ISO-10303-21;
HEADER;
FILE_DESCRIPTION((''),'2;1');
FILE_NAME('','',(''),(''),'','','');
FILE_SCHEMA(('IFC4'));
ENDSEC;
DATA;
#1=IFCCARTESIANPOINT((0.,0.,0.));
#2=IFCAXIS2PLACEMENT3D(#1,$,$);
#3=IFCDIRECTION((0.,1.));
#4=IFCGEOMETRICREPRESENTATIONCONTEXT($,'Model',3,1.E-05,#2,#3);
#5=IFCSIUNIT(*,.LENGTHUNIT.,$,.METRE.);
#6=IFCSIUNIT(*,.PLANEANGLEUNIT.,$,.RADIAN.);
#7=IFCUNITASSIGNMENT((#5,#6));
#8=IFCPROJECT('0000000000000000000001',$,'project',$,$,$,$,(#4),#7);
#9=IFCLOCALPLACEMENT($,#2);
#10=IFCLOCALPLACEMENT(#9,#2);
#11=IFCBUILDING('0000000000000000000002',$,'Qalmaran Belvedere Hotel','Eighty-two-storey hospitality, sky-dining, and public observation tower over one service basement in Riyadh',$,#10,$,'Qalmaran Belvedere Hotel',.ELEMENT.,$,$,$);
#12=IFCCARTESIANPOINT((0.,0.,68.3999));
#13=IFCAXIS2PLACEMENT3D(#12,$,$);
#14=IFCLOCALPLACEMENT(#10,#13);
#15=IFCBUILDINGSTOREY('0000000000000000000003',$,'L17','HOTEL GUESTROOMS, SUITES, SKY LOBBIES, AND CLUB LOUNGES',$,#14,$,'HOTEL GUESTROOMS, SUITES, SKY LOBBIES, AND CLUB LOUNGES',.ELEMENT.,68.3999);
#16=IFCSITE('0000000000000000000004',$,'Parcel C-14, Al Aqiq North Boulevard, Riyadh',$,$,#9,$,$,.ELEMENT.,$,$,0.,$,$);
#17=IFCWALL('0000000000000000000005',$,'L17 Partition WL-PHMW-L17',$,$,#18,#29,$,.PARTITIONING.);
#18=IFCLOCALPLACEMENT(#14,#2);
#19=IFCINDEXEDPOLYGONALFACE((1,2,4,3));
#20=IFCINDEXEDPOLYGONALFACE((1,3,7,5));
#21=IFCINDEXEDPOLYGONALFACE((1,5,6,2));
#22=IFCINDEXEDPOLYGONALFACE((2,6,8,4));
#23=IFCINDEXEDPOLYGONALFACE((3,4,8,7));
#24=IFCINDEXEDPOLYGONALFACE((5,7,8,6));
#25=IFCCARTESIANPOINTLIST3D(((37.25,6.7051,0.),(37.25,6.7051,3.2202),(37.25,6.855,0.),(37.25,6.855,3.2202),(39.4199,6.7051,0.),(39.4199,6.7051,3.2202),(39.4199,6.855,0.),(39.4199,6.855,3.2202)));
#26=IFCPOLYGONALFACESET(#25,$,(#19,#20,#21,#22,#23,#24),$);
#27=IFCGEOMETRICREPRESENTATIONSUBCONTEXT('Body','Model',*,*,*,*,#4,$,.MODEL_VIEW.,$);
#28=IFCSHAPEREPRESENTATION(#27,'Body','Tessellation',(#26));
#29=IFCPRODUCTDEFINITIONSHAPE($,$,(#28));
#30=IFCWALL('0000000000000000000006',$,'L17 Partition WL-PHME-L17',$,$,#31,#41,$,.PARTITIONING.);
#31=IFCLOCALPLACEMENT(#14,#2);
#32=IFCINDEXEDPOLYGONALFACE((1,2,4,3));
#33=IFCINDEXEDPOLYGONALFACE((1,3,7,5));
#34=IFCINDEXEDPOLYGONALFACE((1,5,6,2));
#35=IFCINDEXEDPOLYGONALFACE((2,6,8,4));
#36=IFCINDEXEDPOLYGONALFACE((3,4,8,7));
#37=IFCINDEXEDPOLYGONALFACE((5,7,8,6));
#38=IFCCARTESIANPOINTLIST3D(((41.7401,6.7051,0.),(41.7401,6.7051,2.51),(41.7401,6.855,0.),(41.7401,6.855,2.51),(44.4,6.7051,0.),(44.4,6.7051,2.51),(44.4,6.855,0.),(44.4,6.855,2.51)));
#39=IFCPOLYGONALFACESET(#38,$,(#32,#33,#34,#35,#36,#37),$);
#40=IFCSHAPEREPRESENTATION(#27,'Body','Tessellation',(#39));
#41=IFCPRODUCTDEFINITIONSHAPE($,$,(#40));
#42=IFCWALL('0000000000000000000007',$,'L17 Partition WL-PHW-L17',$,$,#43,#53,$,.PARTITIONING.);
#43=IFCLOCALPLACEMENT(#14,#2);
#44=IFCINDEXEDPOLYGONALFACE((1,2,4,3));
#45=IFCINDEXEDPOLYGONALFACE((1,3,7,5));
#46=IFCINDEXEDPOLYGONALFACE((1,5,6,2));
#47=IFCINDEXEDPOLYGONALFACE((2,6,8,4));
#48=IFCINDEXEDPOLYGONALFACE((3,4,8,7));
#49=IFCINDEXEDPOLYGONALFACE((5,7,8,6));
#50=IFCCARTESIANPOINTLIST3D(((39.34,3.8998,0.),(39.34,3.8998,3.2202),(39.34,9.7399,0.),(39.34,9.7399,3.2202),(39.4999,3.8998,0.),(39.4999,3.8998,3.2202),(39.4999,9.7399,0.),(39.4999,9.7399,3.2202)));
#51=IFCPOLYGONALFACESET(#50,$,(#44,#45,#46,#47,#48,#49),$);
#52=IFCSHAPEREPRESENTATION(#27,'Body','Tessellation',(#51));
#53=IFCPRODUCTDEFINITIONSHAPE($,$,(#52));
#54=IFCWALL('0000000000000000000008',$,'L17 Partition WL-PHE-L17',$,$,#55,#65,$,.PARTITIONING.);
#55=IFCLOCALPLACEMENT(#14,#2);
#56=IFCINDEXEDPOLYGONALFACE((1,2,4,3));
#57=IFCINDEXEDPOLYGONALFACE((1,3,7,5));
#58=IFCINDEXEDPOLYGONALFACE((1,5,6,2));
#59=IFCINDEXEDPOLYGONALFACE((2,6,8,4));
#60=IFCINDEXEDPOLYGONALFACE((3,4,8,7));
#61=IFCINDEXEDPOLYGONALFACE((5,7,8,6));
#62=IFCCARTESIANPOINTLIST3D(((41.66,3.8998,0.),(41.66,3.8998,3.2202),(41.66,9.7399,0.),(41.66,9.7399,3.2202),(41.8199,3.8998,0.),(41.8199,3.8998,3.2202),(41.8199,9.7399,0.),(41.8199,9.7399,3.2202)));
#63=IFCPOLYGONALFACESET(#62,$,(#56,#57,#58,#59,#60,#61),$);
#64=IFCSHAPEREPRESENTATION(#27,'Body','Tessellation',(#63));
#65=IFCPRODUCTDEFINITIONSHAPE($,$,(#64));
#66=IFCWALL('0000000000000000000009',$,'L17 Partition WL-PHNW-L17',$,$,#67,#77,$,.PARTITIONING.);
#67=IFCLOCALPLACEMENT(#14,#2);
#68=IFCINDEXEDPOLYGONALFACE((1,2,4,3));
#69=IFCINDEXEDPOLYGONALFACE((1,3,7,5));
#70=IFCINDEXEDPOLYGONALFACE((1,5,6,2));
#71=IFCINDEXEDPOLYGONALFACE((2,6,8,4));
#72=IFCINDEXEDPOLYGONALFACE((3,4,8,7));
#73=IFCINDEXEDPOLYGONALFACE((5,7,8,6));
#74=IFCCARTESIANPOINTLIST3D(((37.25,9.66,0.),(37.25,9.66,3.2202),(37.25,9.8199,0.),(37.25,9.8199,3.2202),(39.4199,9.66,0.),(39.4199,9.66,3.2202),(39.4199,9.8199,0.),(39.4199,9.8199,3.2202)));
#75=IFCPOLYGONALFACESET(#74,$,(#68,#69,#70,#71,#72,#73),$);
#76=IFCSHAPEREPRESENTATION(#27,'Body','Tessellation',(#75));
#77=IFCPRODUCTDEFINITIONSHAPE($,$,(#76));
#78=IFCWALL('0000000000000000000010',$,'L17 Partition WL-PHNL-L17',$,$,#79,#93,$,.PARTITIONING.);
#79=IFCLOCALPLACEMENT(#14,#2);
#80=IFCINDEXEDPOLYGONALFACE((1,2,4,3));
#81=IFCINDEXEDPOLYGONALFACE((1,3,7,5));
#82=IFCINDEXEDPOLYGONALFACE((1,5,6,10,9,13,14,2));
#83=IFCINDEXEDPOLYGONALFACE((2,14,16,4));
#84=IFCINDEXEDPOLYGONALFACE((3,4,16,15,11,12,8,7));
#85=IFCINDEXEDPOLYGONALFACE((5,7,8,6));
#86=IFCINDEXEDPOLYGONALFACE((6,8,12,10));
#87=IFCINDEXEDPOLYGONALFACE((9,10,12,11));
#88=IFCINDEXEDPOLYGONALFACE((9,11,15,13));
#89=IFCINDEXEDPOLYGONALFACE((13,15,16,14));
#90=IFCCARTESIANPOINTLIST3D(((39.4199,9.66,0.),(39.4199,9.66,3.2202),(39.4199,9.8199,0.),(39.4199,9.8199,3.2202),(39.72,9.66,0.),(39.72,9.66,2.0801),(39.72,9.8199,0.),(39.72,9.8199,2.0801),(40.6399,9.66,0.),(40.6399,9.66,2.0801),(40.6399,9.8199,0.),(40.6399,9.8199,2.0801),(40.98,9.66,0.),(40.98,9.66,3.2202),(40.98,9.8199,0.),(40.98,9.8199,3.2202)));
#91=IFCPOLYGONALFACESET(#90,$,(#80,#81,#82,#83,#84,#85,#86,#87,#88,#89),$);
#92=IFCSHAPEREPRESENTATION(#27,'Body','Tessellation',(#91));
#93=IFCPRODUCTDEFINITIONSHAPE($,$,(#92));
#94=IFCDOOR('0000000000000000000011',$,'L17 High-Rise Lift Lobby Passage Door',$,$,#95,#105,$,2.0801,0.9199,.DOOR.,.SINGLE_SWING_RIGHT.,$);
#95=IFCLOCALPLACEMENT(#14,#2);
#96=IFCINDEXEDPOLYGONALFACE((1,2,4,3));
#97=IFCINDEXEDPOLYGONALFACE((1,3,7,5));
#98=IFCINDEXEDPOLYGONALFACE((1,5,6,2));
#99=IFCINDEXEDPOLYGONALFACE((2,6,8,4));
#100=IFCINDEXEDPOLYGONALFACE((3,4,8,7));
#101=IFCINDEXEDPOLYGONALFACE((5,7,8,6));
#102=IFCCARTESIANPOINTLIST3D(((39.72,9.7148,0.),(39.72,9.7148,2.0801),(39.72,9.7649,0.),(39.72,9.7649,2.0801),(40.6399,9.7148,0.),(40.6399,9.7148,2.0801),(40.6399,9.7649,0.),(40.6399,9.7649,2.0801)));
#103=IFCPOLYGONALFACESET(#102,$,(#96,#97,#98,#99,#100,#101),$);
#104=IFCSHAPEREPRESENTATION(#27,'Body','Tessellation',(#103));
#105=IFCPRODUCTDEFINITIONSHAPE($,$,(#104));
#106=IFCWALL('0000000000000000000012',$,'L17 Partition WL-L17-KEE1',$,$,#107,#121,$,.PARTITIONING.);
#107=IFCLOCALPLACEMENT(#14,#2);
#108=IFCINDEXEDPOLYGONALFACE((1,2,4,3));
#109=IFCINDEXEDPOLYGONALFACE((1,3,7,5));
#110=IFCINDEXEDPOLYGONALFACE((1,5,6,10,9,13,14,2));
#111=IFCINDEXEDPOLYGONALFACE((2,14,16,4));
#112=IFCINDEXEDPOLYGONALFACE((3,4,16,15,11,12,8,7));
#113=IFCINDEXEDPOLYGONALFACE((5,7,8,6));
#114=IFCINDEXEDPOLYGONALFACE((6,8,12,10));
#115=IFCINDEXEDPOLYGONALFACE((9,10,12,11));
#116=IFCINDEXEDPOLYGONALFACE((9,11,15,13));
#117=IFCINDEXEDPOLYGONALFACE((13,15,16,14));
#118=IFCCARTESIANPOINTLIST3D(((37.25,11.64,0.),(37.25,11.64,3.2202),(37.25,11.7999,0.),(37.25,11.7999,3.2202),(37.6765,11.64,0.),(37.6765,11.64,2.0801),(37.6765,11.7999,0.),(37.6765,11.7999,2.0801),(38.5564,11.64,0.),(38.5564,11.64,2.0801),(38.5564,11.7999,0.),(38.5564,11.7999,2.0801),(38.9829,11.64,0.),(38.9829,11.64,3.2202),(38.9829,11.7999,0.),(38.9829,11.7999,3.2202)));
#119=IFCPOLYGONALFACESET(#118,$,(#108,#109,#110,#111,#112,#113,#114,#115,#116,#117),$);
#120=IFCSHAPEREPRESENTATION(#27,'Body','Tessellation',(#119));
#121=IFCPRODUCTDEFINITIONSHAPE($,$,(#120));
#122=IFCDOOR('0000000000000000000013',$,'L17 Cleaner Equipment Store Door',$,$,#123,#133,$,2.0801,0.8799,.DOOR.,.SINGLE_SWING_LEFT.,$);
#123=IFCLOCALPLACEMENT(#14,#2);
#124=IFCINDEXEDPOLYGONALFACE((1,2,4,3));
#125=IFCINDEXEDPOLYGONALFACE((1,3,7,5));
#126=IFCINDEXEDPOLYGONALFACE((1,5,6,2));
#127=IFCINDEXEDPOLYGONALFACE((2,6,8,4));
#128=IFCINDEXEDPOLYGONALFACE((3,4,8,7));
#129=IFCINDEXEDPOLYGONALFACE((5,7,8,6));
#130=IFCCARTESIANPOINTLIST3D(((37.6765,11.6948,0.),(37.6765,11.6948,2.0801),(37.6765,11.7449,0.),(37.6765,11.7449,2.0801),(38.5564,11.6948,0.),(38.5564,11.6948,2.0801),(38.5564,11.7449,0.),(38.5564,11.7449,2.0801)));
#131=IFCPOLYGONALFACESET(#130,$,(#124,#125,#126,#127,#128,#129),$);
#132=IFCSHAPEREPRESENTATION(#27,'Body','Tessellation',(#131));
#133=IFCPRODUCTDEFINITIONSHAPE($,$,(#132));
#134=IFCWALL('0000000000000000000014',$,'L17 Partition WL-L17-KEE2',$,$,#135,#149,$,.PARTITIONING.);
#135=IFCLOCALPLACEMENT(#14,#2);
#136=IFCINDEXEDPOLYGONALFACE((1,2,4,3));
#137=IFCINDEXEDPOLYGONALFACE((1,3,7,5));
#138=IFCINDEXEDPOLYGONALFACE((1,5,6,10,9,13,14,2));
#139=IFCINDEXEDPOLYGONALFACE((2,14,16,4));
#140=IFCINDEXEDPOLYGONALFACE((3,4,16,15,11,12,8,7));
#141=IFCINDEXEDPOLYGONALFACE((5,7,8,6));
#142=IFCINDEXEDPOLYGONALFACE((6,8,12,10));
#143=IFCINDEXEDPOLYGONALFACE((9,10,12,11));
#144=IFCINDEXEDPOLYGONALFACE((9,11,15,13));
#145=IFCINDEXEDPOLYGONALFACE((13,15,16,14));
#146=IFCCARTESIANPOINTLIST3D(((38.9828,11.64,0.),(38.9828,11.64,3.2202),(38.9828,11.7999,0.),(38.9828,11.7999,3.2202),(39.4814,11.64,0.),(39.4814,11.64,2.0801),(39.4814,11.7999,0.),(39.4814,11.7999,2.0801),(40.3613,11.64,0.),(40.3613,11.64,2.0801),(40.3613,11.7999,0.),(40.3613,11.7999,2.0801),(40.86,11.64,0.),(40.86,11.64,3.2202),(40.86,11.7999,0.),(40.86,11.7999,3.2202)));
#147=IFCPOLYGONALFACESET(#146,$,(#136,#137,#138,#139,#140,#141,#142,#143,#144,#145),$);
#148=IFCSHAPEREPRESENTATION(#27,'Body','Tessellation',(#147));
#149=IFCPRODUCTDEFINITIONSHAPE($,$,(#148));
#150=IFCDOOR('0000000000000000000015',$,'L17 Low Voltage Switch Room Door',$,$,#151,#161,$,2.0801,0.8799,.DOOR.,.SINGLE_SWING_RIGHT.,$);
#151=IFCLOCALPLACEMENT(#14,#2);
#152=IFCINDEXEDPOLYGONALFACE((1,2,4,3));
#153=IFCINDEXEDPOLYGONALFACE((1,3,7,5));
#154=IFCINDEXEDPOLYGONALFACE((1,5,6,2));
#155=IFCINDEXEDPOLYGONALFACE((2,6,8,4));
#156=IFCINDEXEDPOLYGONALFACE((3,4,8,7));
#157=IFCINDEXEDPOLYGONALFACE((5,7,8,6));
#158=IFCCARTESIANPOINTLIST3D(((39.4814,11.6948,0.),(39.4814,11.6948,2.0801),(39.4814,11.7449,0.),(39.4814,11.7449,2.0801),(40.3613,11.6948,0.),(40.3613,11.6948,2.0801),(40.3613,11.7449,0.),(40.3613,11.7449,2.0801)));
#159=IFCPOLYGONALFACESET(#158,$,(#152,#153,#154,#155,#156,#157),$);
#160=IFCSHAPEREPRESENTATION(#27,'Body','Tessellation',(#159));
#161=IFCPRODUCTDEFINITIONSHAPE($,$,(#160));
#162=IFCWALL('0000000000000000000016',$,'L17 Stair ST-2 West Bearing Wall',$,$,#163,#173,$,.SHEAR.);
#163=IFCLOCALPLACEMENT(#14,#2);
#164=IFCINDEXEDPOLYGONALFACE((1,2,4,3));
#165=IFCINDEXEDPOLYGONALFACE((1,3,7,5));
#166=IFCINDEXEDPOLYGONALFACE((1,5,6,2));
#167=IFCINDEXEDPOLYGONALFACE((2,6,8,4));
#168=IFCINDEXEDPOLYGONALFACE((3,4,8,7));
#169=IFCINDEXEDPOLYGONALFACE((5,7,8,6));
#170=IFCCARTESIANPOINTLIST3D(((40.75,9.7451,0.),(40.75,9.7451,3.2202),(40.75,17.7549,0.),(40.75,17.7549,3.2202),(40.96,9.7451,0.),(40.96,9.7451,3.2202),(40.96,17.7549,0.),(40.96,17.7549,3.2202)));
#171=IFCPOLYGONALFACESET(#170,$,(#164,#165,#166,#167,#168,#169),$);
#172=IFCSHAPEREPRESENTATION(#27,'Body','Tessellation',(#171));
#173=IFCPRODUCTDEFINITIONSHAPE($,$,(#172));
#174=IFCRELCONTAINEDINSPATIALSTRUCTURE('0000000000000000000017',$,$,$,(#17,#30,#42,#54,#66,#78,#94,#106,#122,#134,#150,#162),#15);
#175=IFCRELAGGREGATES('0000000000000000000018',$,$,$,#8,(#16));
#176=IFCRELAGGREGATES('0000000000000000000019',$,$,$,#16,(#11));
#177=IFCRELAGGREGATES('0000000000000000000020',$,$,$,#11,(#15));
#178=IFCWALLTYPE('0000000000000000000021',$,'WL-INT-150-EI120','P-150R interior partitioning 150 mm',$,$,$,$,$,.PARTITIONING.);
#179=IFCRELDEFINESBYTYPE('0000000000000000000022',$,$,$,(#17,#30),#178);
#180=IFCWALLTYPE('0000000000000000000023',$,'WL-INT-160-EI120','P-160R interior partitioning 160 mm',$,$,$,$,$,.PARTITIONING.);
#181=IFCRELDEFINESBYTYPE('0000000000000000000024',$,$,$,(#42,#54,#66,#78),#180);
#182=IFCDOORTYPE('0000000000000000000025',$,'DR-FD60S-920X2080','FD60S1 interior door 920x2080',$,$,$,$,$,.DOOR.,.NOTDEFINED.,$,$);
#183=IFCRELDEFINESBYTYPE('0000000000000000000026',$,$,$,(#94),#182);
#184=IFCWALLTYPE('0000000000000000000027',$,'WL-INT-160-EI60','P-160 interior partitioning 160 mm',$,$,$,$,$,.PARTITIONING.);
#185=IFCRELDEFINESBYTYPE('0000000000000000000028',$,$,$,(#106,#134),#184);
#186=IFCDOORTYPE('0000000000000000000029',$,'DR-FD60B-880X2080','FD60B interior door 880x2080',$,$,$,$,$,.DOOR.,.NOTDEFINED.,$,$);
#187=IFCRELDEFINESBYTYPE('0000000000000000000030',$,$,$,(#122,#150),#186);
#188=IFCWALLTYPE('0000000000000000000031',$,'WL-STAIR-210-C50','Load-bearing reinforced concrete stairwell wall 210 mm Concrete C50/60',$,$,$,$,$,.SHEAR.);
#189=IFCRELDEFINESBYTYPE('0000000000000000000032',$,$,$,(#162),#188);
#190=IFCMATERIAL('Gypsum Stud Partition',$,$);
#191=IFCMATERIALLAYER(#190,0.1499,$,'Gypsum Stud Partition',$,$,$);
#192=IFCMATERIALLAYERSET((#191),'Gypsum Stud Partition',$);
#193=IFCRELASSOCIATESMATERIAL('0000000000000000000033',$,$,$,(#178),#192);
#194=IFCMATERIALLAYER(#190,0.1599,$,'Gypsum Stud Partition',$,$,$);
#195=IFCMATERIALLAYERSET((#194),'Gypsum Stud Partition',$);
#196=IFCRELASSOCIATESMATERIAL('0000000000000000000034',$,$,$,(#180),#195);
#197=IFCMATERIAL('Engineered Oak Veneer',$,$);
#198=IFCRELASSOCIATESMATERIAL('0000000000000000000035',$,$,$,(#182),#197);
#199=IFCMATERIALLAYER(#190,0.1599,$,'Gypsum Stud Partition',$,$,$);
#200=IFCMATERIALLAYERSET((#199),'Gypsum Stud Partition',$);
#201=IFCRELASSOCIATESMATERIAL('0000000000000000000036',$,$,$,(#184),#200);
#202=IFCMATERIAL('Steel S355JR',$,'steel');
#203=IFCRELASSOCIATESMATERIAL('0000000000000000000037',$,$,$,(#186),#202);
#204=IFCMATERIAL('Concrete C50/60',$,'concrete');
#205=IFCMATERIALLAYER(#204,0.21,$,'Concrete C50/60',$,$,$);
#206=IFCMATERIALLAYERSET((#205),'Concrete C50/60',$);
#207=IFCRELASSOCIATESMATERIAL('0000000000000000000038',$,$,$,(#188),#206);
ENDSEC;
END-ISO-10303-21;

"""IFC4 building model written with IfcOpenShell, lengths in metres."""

from ifc_helpers import new_model, si_unit, direction, frame, frame_2d, origin, place, context, subcontext, project, spatial, rectangle, extrude, material, layer, layer_set, type_object, element, fill, save


model = new_model("IFC4")

# Units and contexts
model_context = context("Model", 3, precision=1e-05, world=origin(), true_north=direction((0.0, 1.0)))
body_context = subcontext(model_context, "Body", "Model", "MODEL_VIEW")
ifc_project = project(units=[si_unit("LENGTHUNIT", "METRE"), si_unit("PLANEANGLEUNIT", "RADIAN")], contexts=[model_context])

# Site, building, storey
site_placement = place(None, origin())
site = spatial("IfcSite", under=ifc_project, at=site_placement, Name="Parcel C-14, Al Aqiq North Boulevard, Riyadh", CompositionType="ELEMENT", RefElevation=0.0)
building_placement = place(site_placement, origin())
building = spatial("IfcBuilding", under=site, at=building_placement, Name="Qalmaran Belvedere Hotel", Description="Eighty-two-storey hospitality, sky-dining, and public observation tower over one service basement in Riyadh", LongName="Qalmaran Belvedere Hotel", CompositionType="ELEMENT")
storey_placement = place(building_placement, frame((0.0, 0.0, 68.3999)))
storey = spatial("IfcBuildingStorey", under=building, at=storey_placement, Name="L17", Description="HOTEL GUESTROOMS, SUITES, SKY LOBBIES, AND CLUB LOUNGES", LongName="HOTEL GUESTROOMS, SUITES, SKY LOBBIES, AND CLUB LOUNGES", CompositionType="ELEMENT", Elevation=68.3999)

# Walls
ifc_material_1 = material(Name="Gypsum Stud Partition")
ifc_layer_1 = layer(ifc_material_1, 0.1499, Name="Gypsum Stud Partition")
ifc_layer_set_1 = layer_set([ifc_layer_1], Name="Gypsum Stud Partition")
wall_type_1 = type_object("IfcWallType", Name="WL-INT-150-EI120", Description="P-150R interior partitioning 150 mm", PredefinedType="PARTITIONING", material=ifc_layer_set_1)
wall_1_placement = place(storey_placement, frame((37.25, 6.78, 0.0), z_axis=(0.0, 0.0, 1.0), x_axis=(1.0, 0.0, 0.0)))
element("IfcWall", 1, at=wall_1_placement, inside=storey, type_object=wall_type_1, Name="L17 Partition WL-PHMW-L17", PredefinedType="PARTITIONING", context=body_context, shape_type="SweptSolid", body=[
    extrude(rectangle(XDim=2.1699, YDim=0.1499, at=frame_2d((1.085, 0.0))), origin(), (0.0, 0.0, 1.0), 3.2202),
])
wall_2_placement = place(storey_placement, frame((41.74, 6.78, 0.0), z_axis=(0.0, 0.0, 1.0), x_axis=(1.0, 0.0, 0.0)))
element("IfcWall", 2, at=wall_2_placement, inside=storey, type_object=wall_type_1, Name="L17 Partition WL-PHME-L17", PredefinedType="PARTITIONING", context=body_context, shape_type="SweptSolid", body=[
    extrude(rectangle(XDim=2.6599, YDim=0.1499, at=frame_2d((1.3301, 0.0))), origin(), (0.0, 0.0, 1.0), 2.51),
])
ifc_layer_2 = layer(ifc_material_1, 0.1599, Name="Gypsum Stud Partition")
ifc_layer_set_2 = layer_set([ifc_layer_2], Name="Gypsum Stud Partition")
wall_type_2 = type_object("IfcWallType", Name="WL-INT-160-EI120", Description="P-160R interior partitioning 160 mm", PredefinedType="PARTITIONING", material=ifc_layer_set_2)
for number, where, z_axis, x_axis, name in (
    (3, (39.4199, 3.8999, 0.0), (0.0, 0.0, 1.0), (0.0, 1.0, 0.0), "L17 Partition WL-PHW-L17"),
    (4, (41.74, 3.8999, 0.0), (0.0, 0.0, 1.0), (0.0, 1.0, 0.0), "L17 Partition WL-PHE-L17"),
):
    element("IfcWall", number, at=place(storey_placement, frame(where, z_axis=z_axis, x_axis=x_axis)), inside=storey, type_object=wall_type_2, Name=name, PredefinedType="PARTITIONING", context=body_context, shape_type="SweptSolid", body=[
        extrude(rectangle(XDim=5.8401, YDim=0.1599, at=frame_2d((2.9199, 0.0))), origin(), (0.0, 0.0, 1.0), 3.2202),
    ])
wall_3_placement = place(storey_placement, frame((37.25, 9.74, 0.0), z_axis=(0.0, 0.0, 1.0), x_axis=(1.0, 0.0, 0.0)))
element("IfcWall", 5, at=wall_3_placement, inside=storey, type_object=wall_type_2, Name="L17 Partition WL-PHNW-L17", PredefinedType="PARTITIONING", context=body_context, shape_type="SweptSolid", body=[
    extrude(rectangle(XDim=2.1699, YDim=0.1599, at=frame_2d((1.085, 0.0))), origin(), (0.0, 0.0, 1.0), 3.2202),
])

# Walls, openings, doors
wall_4_placement = place(storey_placement, frame((39.4199, 9.74, 0.0), z_axis=(0.0, 0.0, 1.0), x_axis=(1.0, 0.0, 0.0)))
wall_4 = element("IfcWall", 6, at=wall_4_placement, inside=storey, type_object=wall_type_2, Name="L17 Partition WL-PHNL-L17", PredefinedType="PARTITIONING", context=body_context, shape_type="SweptSolid", body=[
    extrude(rectangle(XDim=1.5601, YDim=0.1599, at=frame_2d((0.78, 0.0))), origin(), (0.0, 0.0, 1.0), 3.2202),
])
opening_1_placement = place(wall_4_placement, frame((0.3, 0.0, 0.0)))
opening_1 = element("IfcOpeningElement", 7, at=opening_1_placement, cuts=wall_4, PredefinedType="OPENING", context=body_context, shape_type="SweptSolid", body=[
    extrude(rectangle(XDim=0.9199, YDim=2.0801, at=frame_2d((0.46, 1.04))), frame((0.0, 0.0898, 0.0), z_axis=(0.0, -1.0, 0.0), x_axis=(1.0, 0.0, 0.0)), (0.0, 0.0, 1.0), 0.1799),
])
ifc_material_2 = material(Name="Engineered Oak Veneer")
door_type_1 = type_object("IfcDoorType", Name="DR-FD60S-920X2080", Description="FD60S1 interior door 920x2080", OperationType="NOTDEFINED", PredefinedType="DOOR", material=ifc_material_2)
door_1_placement = place(opening_1_placement, origin())
door_1 = element("IfcDoor", 8, at=door_1_placement, inside=storey, type_object=door_type_1, Name="L17 High-Rise Lift Lobby Passage Door", OperationType="SINGLE_SWING_RIGHT", OverallHeight=2.0801, OverallWidth=0.9199, PredefinedType="DOOR", context=body_context, shape_type="SweptSolid", body=[
    extrude(rectangle(XDim=0.9199, YDim=2.0801, at=frame_2d((0.46, 1.04))), frame((0.0, 0.0249, 0.0), z_axis=(0.0, -1.0, 0.0), x_axis=(1.0, 0.0, 0.0)), (0.0, 0.0, 1.0), 0.05),
])
fill(opening_1, door_1)
ifc_layer_3 = layer(ifc_material_1, 0.1599, Name="Gypsum Stud Partition")
ifc_layer_set_3 = layer_set([ifc_layer_3], Name="Gypsum Stud Partition")
wall_type_3 = type_object("IfcWallType", Name="WL-INT-160-EI60", Description="P-160 interior partitioning 160 mm", PredefinedType="PARTITIONING", material=ifc_layer_set_3)
wall_5_placement = place(storey_placement, frame((37.25, 11.72, 0.0), z_axis=(0.0, 0.0, 1.0), x_axis=(1.0, 0.0, 0.0)))
wall_5 = element("IfcWall", 9, at=wall_5_placement, inside=storey, type_object=wall_type_3, Name="L17 Partition WL-L17-KEE1", PredefinedType="PARTITIONING", context=body_context, shape_type="SweptSolid", body=[
    extrude(rectangle(XDim=1.7329, YDim=0.1599, at=frame_2d((0.8665, 0.0))), origin(), (0.0, 0.0, 1.0), 3.2202),
])
opening_2_placement = place(wall_5_placement, frame((0.4265, 0.0, 0.0)))
opening_2 = element("IfcOpeningElement", 10, at=opening_2_placement, cuts=wall_5, PredefinedType="OPENING", context=body_context, shape_type="SweptSolid", body=[
    extrude(rectangle(XDim=0.8799, YDim=2.0801, at=frame_2d((0.4399, 1.04))), frame((0.0, 0.0898, 0.0), z_axis=(0.0, -1.0, 0.0), x_axis=(1.0, 0.0, 0.0)), (0.0, 0.0, 1.0), 0.1799),
])
ifc_material_3 = material(Name="Steel S355JR", Category="steel")
door_type_2 = type_object("IfcDoorType", Name="DR-FD60B-880X2080", Description="FD60B interior door 880x2080", OperationType="NOTDEFINED", PredefinedType="DOOR", material=ifc_material_3)
door_2_placement = place(opening_2_placement, origin())
door_2 = element("IfcDoor", 11, at=door_2_placement, inside=storey, type_object=door_type_2, Name="L17 Cleaner Equipment Store Door", OperationType="SINGLE_SWING_LEFT", OverallHeight=2.0801, OverallWidth=0.8799, PredefinedType="DOOR", context=body_context, shape_type="SweptSolid", body=[
    extrude(rectangle(XDim=0.8799, YDim=2.0801, at=frame_2d((0.4399, 1.04))), frame((0.0, 0.0249, 0.0), z_axis=(0.0, -1.0, 0.0), x_axis=(1.0, 0.0, 0.0)), (0.0, 0.0, 1.0), 0.05),
])
fill(opening_2, door_2)
wall_6_placement = place(storey_placement, frame((38.9829, 11.72, 0.0), z_axis=(0.0, 0.0, 1.0), x_axis=(1.0, 0.0, 0.0)))
wall_6 = element("IfcWall", 12, at=wall_6_placement, inside=storey, type_object=wall_type_3, Name="L17 Partition WL-L17-KEE2", PredefinedType="PARTITIONING", context=body_context, shape_type="SweptSolid", body=[
    extrude(rectangle(XDim=1.8772, YDim=0.1599, at=frame_2d((0.9385, 0.0))), origin(), (0.0, 0.0, 1.0), 3.2202),
])
opening_3_placement = place(wall_6_placement, frame((0.4985, 0.0, 0.0)))
opening_3 = element("IfcOpeningElement", 13, at=opening_3_placement, cuts=wall_6, PredefinedType="OPENING", context=body_context, shape_type="SweptSolid", body=[
    extrude(rectangle(XDim=0.8799, YDim=2.0801, at=frame_2d((0.4399, 1.04))), frame((0.0, 0.0898, 0.0), z_axis=(0.0, -1.0, 0.0), x_axis=(1.0, 0.0, 0.0)), (0.0, 0.0, 1.0), 0.1799),
])
door_3_placement = place(opening_3_placement, origin())
door_3 = element("IfcDoor", 14, at=door_3_placement, inside=storey, type_object=door_type_2, Name="L17 Low Voltage Switch Room Door", OperationType="SINGLE_SWING_RIGHT", OverallHeight=2.0801, OverallWidth=0.8799, PredefinedType="DOOR", context=body_context, shape_type="SweptSolid", body=[
    extrude(rectangle(XDim=0.8799, YDim=2.0801, at=frame_2d((0.4399, 1.04))), frame((0.0, 0.0249, 0.0), z_axis=(0.0, -1.0, 0.0), x_axis=(1.0, 0.0, 0.0)), (0.0, 0.0, 1.0), 0.05),
])
fill(opening_3, door_3)

# Wall
ifc_material_4 = material(Name="Concrete C50/60", Category="concrete")
ifc_layer_4 = layer(ifc_material_4, 0.21, Name="Concrete C50/60")
ifc_layer_set_4 = layer_set([ifc_layer_4], Name="Concrete C50/60")
wall_type_4 = type_object("IfcWallType", Name="WL-STAIR-210-C50", Description="Load-bearing reinforced concrete stairwell wall 210 mm Concrete C50/60", PredefinedType="SHEAR", material=ifc_layer_set_4)
wall_7_placement = place(storey_placement, frame((40.855, 9.7451, 0.0), z_axis=(0.0, 0.0, 1.0), x_axis=(0.0, 1.0, 0.0)))
element("IfcWall", 15, at=wall_7_placement, inside=storey, type_object=wall_type_4, Name="L17 Stair ST-2 West Bearing Wall", PredefinedType="SHEAR", context=body_context, shape_type="SweptSolid", body=[
    extrude(rectangle(XDim=8.0098, YDim=0.21, at=frame_2d((4.0049, 0.0))), origin(), (0.0, 0.0, 1.0), 3.2202),
])

save(model, "model.ifc")
